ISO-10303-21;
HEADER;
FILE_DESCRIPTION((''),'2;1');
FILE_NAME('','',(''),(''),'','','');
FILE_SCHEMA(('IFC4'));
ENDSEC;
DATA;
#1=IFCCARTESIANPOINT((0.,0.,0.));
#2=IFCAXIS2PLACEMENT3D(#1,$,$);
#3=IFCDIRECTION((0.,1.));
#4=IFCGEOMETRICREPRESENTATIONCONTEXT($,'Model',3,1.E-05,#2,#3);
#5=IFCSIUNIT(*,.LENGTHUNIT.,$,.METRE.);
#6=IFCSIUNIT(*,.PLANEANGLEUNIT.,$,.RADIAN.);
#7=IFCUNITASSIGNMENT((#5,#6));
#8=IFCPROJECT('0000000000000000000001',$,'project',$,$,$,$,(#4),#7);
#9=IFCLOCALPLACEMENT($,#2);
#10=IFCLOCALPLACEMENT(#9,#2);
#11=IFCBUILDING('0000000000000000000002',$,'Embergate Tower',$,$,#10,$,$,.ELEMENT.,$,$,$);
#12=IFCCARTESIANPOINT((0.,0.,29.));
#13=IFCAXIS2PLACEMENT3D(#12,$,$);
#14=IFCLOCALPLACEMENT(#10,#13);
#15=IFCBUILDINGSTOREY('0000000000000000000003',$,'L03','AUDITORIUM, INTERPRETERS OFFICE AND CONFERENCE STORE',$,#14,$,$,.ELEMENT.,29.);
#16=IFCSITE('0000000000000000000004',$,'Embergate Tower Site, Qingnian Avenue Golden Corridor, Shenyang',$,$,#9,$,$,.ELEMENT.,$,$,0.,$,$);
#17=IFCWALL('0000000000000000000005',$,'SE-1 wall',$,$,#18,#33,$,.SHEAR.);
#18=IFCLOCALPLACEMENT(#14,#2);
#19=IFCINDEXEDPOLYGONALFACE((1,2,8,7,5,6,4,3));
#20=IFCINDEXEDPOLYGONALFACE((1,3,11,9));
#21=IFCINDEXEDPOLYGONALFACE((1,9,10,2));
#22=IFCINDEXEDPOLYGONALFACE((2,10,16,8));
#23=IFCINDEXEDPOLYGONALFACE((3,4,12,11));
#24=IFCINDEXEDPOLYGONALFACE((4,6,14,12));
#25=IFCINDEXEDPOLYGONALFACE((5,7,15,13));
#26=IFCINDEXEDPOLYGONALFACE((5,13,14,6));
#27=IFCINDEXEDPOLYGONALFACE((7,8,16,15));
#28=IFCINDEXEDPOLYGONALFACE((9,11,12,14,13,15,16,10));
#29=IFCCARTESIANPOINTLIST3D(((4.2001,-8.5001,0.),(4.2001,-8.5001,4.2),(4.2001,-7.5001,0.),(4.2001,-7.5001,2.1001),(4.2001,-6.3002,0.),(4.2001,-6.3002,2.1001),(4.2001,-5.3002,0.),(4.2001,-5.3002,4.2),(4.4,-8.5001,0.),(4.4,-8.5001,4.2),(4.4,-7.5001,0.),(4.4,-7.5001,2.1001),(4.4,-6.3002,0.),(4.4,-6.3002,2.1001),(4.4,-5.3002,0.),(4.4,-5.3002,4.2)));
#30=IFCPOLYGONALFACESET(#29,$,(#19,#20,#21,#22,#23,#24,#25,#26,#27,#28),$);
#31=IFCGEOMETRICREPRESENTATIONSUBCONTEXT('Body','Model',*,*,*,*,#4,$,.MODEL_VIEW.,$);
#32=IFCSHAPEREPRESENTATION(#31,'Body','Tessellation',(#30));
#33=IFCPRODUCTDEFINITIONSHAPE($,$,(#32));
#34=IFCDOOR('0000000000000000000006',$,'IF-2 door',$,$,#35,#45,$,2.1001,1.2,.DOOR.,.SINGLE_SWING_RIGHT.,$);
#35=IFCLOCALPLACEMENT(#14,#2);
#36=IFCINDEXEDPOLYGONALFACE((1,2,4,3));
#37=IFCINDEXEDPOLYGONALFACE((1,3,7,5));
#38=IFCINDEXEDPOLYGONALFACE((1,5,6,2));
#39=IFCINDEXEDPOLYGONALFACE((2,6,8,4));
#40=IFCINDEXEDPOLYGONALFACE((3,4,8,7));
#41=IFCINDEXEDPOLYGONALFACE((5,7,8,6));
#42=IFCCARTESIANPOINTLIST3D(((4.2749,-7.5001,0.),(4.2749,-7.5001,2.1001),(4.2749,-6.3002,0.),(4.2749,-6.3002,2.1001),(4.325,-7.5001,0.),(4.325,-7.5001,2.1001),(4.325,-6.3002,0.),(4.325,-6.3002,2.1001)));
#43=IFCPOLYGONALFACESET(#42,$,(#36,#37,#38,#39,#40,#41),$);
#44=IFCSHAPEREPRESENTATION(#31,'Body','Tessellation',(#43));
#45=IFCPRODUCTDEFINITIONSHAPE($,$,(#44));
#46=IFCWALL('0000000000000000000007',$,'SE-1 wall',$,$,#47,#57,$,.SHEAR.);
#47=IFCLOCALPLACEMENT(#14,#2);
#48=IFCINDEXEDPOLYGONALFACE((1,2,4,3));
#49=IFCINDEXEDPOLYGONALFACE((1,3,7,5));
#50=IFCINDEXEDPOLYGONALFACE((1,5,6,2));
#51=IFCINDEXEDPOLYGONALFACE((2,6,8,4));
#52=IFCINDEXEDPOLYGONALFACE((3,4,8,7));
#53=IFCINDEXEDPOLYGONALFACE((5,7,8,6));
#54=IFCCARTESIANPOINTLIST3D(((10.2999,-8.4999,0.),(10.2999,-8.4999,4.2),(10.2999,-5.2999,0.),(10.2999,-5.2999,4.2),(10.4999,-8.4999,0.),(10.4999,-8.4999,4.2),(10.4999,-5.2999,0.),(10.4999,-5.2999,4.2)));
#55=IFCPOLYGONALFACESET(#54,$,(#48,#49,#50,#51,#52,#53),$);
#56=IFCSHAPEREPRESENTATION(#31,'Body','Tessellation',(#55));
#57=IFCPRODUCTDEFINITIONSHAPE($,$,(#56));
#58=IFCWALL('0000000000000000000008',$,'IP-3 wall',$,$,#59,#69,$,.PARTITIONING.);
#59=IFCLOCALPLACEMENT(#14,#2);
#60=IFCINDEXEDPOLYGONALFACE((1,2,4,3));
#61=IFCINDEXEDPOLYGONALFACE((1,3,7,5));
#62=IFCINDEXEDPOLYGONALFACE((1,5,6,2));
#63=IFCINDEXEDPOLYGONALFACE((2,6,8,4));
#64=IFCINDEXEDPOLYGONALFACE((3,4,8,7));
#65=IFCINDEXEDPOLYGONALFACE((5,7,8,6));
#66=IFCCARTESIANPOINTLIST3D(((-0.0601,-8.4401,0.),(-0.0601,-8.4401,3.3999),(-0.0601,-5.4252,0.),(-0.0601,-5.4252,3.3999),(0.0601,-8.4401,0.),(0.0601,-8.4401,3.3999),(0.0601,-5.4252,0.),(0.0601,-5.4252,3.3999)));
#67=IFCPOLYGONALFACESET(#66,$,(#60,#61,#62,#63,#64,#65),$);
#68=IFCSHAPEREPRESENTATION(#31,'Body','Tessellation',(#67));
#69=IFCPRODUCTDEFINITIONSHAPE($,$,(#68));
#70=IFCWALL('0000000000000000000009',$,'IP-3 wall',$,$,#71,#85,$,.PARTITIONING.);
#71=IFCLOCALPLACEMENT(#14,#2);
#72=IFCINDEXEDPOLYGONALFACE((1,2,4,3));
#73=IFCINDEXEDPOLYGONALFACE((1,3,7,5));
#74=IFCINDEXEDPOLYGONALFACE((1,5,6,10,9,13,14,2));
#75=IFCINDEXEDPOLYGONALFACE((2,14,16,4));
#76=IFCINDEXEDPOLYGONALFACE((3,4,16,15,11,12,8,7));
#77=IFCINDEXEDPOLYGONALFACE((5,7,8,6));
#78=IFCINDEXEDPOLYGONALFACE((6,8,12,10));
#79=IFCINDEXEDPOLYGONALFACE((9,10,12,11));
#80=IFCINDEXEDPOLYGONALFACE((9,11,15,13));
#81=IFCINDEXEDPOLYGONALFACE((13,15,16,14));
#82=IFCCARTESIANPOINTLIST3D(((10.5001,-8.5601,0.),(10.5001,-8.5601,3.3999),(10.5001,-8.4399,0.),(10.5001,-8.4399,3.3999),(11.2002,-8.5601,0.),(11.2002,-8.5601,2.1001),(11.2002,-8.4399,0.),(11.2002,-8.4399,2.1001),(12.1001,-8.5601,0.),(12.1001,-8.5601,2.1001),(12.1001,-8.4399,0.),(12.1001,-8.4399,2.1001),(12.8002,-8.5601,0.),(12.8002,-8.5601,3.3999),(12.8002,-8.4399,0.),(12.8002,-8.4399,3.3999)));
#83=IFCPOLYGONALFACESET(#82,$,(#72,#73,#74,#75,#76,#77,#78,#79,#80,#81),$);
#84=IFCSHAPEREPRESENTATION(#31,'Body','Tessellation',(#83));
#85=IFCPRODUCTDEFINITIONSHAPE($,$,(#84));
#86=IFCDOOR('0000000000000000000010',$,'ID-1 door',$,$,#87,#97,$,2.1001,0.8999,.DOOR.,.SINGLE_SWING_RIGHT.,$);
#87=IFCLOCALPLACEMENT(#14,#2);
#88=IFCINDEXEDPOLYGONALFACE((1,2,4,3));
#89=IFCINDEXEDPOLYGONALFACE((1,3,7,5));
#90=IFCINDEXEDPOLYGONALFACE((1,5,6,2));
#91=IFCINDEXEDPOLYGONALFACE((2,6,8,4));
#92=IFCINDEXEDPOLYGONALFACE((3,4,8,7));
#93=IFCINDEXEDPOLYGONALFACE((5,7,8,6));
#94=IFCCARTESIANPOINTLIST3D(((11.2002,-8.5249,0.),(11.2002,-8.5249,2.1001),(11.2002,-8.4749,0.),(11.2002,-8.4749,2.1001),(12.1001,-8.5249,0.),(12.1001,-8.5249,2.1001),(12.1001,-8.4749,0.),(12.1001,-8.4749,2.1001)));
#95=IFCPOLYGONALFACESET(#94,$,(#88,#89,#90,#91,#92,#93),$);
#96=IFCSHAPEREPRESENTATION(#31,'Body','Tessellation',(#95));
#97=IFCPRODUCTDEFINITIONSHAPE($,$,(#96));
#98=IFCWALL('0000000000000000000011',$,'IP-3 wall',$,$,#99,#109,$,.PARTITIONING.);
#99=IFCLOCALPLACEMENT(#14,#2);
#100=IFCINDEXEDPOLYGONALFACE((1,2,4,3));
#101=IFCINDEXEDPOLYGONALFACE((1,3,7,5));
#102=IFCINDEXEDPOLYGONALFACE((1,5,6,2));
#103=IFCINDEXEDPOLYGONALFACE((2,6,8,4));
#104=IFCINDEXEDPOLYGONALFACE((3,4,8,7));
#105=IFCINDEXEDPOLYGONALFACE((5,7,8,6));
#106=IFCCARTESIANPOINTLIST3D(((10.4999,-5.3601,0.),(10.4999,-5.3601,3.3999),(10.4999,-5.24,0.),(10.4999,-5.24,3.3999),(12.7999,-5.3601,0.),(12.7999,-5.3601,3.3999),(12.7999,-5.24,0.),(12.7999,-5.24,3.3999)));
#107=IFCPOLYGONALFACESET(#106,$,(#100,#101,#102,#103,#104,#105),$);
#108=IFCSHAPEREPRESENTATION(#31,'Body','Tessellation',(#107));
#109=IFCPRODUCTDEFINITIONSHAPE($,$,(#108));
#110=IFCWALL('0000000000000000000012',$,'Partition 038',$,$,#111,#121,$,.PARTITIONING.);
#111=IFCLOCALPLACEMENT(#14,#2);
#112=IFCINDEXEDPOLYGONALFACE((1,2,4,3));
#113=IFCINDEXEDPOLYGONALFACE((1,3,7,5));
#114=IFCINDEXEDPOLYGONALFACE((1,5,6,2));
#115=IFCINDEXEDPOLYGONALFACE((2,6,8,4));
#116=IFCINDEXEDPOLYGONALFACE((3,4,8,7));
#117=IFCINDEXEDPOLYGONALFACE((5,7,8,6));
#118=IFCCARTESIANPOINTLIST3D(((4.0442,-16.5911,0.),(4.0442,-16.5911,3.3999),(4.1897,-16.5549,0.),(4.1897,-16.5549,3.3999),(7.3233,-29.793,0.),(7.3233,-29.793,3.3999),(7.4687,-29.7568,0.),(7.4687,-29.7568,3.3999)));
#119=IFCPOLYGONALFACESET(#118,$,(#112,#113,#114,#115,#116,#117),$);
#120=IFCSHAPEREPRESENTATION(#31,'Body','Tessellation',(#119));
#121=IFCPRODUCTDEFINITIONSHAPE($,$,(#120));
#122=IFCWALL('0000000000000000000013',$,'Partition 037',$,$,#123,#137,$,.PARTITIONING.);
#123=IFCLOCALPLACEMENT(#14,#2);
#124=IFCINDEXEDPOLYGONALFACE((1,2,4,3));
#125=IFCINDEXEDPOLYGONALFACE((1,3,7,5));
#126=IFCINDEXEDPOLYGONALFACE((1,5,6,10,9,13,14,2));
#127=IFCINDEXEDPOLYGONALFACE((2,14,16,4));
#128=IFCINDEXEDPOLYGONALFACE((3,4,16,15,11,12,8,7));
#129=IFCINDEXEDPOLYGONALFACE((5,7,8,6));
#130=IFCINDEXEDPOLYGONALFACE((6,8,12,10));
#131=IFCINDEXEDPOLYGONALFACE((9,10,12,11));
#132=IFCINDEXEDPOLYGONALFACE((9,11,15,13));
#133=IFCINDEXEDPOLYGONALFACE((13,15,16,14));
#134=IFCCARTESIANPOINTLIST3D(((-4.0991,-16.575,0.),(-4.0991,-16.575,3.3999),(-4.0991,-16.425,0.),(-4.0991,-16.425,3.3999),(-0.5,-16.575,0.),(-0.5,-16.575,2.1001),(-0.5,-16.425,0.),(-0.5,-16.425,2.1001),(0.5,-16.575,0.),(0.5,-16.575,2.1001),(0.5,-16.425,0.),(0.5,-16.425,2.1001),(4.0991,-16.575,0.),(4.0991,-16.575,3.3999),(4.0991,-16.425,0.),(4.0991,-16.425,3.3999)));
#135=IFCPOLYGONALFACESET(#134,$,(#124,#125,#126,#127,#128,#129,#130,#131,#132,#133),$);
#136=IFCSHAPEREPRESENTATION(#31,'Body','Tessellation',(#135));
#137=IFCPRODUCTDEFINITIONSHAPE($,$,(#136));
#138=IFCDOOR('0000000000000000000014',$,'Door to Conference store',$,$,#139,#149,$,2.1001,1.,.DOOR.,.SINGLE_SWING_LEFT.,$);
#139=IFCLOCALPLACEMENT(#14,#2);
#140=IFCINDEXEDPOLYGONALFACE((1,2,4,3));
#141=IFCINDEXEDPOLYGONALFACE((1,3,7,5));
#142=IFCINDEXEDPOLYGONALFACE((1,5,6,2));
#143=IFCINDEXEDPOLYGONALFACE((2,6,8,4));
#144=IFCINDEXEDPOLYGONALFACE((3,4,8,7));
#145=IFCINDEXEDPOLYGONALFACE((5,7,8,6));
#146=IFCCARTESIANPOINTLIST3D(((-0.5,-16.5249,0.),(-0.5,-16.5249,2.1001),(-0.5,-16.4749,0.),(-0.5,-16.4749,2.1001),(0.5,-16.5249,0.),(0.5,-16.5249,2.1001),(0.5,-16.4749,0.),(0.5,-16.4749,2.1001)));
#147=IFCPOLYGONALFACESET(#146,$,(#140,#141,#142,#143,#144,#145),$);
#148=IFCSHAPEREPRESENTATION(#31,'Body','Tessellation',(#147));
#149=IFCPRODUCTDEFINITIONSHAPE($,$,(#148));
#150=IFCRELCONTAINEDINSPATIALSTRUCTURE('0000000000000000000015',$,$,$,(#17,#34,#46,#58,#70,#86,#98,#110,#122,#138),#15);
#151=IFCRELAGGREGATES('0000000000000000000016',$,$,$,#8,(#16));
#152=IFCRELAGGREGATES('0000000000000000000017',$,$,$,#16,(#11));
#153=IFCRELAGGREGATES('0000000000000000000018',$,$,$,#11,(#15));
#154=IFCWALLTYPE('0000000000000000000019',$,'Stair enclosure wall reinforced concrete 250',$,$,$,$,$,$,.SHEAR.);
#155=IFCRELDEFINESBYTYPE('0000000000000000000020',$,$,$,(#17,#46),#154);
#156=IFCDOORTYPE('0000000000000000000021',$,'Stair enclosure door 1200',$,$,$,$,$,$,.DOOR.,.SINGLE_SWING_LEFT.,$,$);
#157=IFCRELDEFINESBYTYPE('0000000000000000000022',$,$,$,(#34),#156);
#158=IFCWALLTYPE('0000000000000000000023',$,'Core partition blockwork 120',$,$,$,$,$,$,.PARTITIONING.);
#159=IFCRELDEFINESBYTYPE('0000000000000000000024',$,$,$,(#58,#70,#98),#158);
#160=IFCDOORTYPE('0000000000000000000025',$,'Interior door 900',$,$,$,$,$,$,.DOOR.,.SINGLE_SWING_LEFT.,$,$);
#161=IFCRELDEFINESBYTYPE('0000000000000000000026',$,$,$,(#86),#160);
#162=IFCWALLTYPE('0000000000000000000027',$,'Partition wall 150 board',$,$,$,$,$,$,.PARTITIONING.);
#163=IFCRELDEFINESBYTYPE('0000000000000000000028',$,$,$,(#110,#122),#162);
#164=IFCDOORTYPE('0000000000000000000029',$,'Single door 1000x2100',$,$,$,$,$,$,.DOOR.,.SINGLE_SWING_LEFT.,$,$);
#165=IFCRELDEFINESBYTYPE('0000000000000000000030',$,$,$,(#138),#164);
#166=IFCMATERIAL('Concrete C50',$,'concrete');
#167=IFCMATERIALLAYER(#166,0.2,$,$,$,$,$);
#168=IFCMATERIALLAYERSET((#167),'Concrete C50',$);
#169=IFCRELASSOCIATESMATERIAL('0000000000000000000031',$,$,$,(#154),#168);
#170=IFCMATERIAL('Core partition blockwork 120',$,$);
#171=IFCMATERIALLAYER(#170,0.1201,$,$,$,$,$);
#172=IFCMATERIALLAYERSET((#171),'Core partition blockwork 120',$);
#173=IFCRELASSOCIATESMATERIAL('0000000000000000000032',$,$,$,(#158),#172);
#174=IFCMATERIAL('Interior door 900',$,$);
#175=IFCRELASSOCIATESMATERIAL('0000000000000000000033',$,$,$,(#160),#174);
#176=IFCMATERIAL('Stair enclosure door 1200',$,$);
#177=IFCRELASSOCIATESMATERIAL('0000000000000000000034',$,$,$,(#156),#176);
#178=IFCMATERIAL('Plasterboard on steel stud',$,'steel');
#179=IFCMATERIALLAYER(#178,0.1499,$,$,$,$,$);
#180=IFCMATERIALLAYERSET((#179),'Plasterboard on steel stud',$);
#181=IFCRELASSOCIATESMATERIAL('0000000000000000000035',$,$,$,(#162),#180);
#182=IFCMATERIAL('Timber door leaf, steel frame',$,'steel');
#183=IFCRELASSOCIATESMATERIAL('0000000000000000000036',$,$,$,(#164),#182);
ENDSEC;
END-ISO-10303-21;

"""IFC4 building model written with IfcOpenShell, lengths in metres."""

from ifc_helpers import new_model, si_unit, direction, frame, frame_2d, origin, place, context, subcontext, project, spatial, rectangle, extrude, source, transform, mapped, material, layer, layer_set, type_object, element, fill, save


model = new_model("IFC4")

# Units and contexts
model_context = context("Model", 3, precision=1e-05, world=origin(), true_north=direction((0.0, 1.0)))
body_context = subcontext(model_context, "Body", "Model", "MODEL_VIEW")
ifc_project = project(units=[si_unit("LENGTHUNIT", "METRE"), si_unit("PLANEANGLEUNIT", "RADIAN")], contexts=[model_context])

# Site, building, storey
site_placement = place(None, origin())
site = spatial("IfcSite", under=ifc_project, at=site_placement, Name="Embergate Tower Site, Qingnian Avenue Golden Corridor, Shenyang", CompositionType="ELEMENT", RefElevation=0.0)
building_placement = place(site_placement, origin())
building = spatial("IfcBuilding", under=site, at=building_placement, Name="Embergate Tower", CompositionType="ELEMENT")
storey_placement = place(building_placement, frame((0.0, 0.0, 29.0)))
storey = spatial("IfcBuildingStorey", under=building, at=storey_placement, Name="L03", Description="AUDITORIUM, INTERPRETERS OFFICE AND CONFERENCE STORE", CompositionType="ELEMENT", Elevation=29.0)

# Shared definitions
ifc_material_1 = material(Name="Concrete C50", Category="concrete")
ifc_layer_1 = layer(ifc_material_1, 0.2)
ifc_layer_set_1 = layer_set([ifc_layer_1], Name="Concrete C50")
wall_type_1 = type_object("IfcWallType", Name="Stair enclosure wall reinforced concrete 250", PredefinedType="SHEAR", material=ifc_layer_set_1)

# Shared definitions
ifc_material_2 = material(Name="Core partition blockwork 120")
ifc_layer_2 = layer(ifc_material_2, 0.1201)
ifc_layer_set_2 = layer_set([ifc_layer_2], Name="Core partition blockwork 120")
wall_type_2 = type_object("IfcWallType", Name="Core partition blockwork 120", PredefinedType="PARTITIONING", material=ifc_layer_set_2)
shared_shape_1 = source(origin(), body_context, "Body", "SweptSolid", [
    extrude(rectangle(XDim=0.8999, YDim=2.1001, at=frame_2d((0.45, 1.05))), frame((0.0, 0.0701, 0.0), z_axis=(0.0, -1.0, 0.0), x_axis=(1.0, 0.0, 0.0)), (0.0, 0.0, 1.0), 0.1401),
])
ifc_material_3 = material(Name="Interior door 900")
door_type_1 = type_object("IfcDoorType", Name="Interior door 900", OperationType="SINGLE_SWING_LEFT", PredefinedType="DOOR", material=ifc_material_3)
shared_shape_2 = source(origin(), body_context, "Body", "SweptSolid", [
    extrude(rectangle(XDim=0.8999, YDim=2.1001, at=frame_2d((0.45, 1.05))), frame((0.0, 0.0249, 0.0), z_axis=(0.0, -1.0, 0.0), x_axis=(1.0, 0.0, 0.0)), (0.0, 0.0, 1.0), 0.05),
])

# Wall, opening, door
shared_shape_3 = source(origin(), body_context, "Body", "SweptSolid", [
    extrude(rectangle(XDim=3.2, YDim=0.2, at=frame_2d((1.6001, 0.0))), origin(), (0.0, 0.0, 1.0), 4.2),
])
wall_1_placement = place(storey_placement, frame((4.3, -5.3, 0.0), z_axis=(0.0, 0.0, 1.0), x_axis=(0.0, -1.0, 0.0)))
wall_1 = element("IfcWall", 1, at=wall_1_placement, inside=storey, type_object=wall_type_1, Name="SE-1 wall", PredefinedType="SHEAR", context=body_context, shape_type="MappedRepresentation", body=[
    mapped(shared_shape_3, transform((0.0, 0.0, 0.0))),
])
shared_shape_4 = source(origin(), body_context, "Body", "SweptSolid", [
    extrude(rectangle(XDim=1.2, YDim=2.1001, at=frame_2d((0.6001, 1.05))), frame((0.0, 0.1099, 0.0), z_axis=(0.0, -1.0, 0.0), x_axis=(1.0, 0.0, 0.0)), (0.0, 0.0, 1.0), 0.22),
])
opening_1_placement = place(wall_1_placement, frame((1.0, 0.0, 0.0)))
opening_1 = element("IfcOpeningElement", 2, at=opening_1_placement, cuts=wall_1, PredefinedType="OPENING", context=body_context, shape_type="MappedRepresentation", body=[
    mapped(shared_shape_4, transform((0.0, 0.0, 0.0))),
])
ifc_material_4 = material(Name="Stair enclosure door 1200")
door_type_2 = type_object("IfcDoorType", Name="Stair enclosure door 1200", OperationType="SINGLE_SWING_LEFT", PredefinedType="DOOR", material=ifc_material_4)
shared_shape_5 = source(origin(), body_context, "Body", "SweptSolid", [
    extrude(rectangle(XDim=1.2, YDim=2.1001, at=frame_2d((0.6001, 1.05))), frame((0.0, 0.0249, 0.0), z_axis=(0.0, -1.0, 0.0), x_axis=(1.0, 0.0, 0.0)), (0.0, 0.0, 1.0), 0.05),
])
door_1_placement = place(opening_1_placement, origin())
door_1 = element("IfcDoor", 3, at=door_1_placement, inside=storey, type_object=door_type_2, Name="IF-2 door", OperationType="SINGLE_SWING_RIGHT", OverallHeight=2.1001, OverallWidth=1.2, PredefinedType="DOOR", context=body_context, shape_type="MappedRepresentation", body=[
    mapped(shared_shape_5, transform((0.0, 0.0, 0.0))),
])
fill(opening_1, door_1)

# Walls
wall_2_placement = place(storey_placement, frame((10.3999, -8.5, 0.0), z_axis=(0.0, 0.0, 1.0), x_axis=(0.0, 1.0, 0.0)))
element("IfcWall", 4, at=wall_2_placement, inside=storey, type_object=wall_type_1, Name="SE-1 wall", PredefinedType="SHEAR", context=body_context, shape_type="MappedRepresentation", body=[
    mapped(shared_shape_3, transform((0.0, 0.0, 0.0))),
])
shared_shape_6 = source(origin(), body_context, "Body", "SweptSolid", [
    extrude(rectangle(XDim=3.0149, YDim=0.1201, at=frame_2d((1.5073, 0.0))), origin(), (0.0, 0.0, 1.0), 3.3999),
])
wall_3_placement = place(storey_placement, frame((0.0, -8.4399, 0.0), z_axis=(0.0, 0.0, 1.0), x_axis=(0.0, 1.0, 0.0)))
element("IfcWall", 5, at=wall_3_placement, inside=storey, type_object=wall_type_2, Name="IP-3 wall", PredefinedType="PARTITIONING", context=body_context, shape_type="MappedRepresentation", body=[
    mapped(shared_shape_6, transform((0.0, 0.0, 0.0))),
])

# Wall, opening, door
shared_shape_7 = source(origin(), body_context, "Body", "SweptSolid", [
    extrude(rectangle(XDim=2.3, YDim=0.1201, at=frame_2d((1.1499, 0.0))), origin(), (0.0, 0.0, 1.0), 3.3999),
])
wall_4_placement = place(storey_placement, frame((12.8, -8.5, 0.0), z_axis=(0.0, 0.0, 1.0), x_axis=(-1.0, 0.0, 0.0)))
wall_4 = element("IfcWall", 6, at=wall_4_placement, inside=storey, type_object=wall_type_2, Name="IP-3 wall", PredefinedType="PARTITIONING", context=body_context, shape_type="MappedRepresentation", body=[
    mapped(shared_shape_7, transform((0.0, 0.0, 0.0))),
])
opening_2_placement = place(wall_4_placement, frame((0.7, 0.0, 0.0)))
opening_2 = element("IfcOpeningElement", 7, at=opening_2_placement, cuts=wall_4, PredefinedType="OPENING", context=body_context, shape_type="MappedRepresentation", body=[
    mapped(shared_shape_1, transform((0.0, 0.0, 0.0))),
])
door_2_placement = place(opening_2_placement, origin())
door_2 = element("IfcDoor", 8, at=door_2_placement, inside=storey, type_object=door_type_1, Name="ID-1 door", OperationType="SINGLE_SWING_RIGHT", OverallHeight=2.1001, OverallWidth=0.8999, PredefinedType="DOOR", context=body_context, shape_type="MappedRepresentation", body=[
    mapped(shared_shape_2, transform((0.0, 0.0, 0.0))),
])
fill(opening_2, door_2)

# Walls
wall_5_placement = place(storey_placement, frame((10.5, -5.3, 0.0), z_axis=(0.0, 0.0, 1.0), x_axis=(1.0, 0.0, 0.0)))
element("IfcWall", 9, at=wall_5_placement, inside=storey, type_object=wall_type_2, Name="IP-3 wall", PredefinedType="PARTITIONING", context=body_context, shape_type="MappedRepresentation", body=[
    mapped(shared_shape_7, transform((0.0, 0.0, 0.0))),
])
ifc_material_5 = material(Name="Plasterboard on steel stud", Category="steel")
ifc_layer_3 = layer(ifc_material_5, 0.1499)
ifc_layer_set_3 = layer_set([ifc_layer_3], Name="Plasterboard on steel stud")
wall_type_3 = type_object("IfcWallType", Name="Partition wall 150 board", PredefinedType="PARTITIONING", material=ifc_layer_set_3)
shared_shape_8 = source(origin(), body_context, "Body", "SweptSolid", [
    extrude(rectangle(XDim=13.603, YDim=0.1499, at=frame_2d((6.8015, 0.0))), origin(), (0.0, 0.0, 1.0), 3.3999),
])
wall_6_placement = place(storey_placement, frame((4.1169, -16.573, 0.0), z_axis=(0.0, 0.0, 1.0), x_axis=(0.241053, -0.970512, 0.0)))
element("IfcWall", 10, at=wall_6_placement, inside=storey, type_object=wall_type_3, Name="Partition 038", PredefinedType="PARTITIONING", context=body_context, shape_type="MappedRepresentation", body=[
    mapped(shared_shape_8, transform((0.0, 0.0, 0.0))),
])

# Wall, opening, door
shared_shape_9 = source(origin(), body_context, "Body", "SweptSolid", [
    extrude(rectangle(XDim=8.1982, YDim=0.1499, at=frame_2d((4.0991, 0.0))), origin(), (0.0, 0.0, 1.0), 3.3999),
])
wall_7_placement = place(storey_placement, frame((4.0991, -16.5, 0.0), z_axis=(0.0, 0.0, 1.0), x_axis=(-1.0, 0.0, 0.0)))
wall_7 = element("IfcWall", 11, at=wall_7_placement, inside=storey, type_object=wall_type_3, Name="Partition 037", PredefinedType="PARTITIONING", context=body_context, shape_type="MappedRepresentation", body=[
    mapped(shared_shape_9, transform((0.0, 0.0, 0.0))),
])
shared_shape_10 = source(origin(), body_context, "Body", "SweptSolid", [
    extrude(rectangle(XDim=1.0, YDim=2.1001, at=frame_2d((0.5, 1.05))), frame((0.0, 0.085, 0.0), z_axis=(0.0, -1.0, 0.0), x_axis=(1.0, 0.0, 0.0)), (0.0, 0.0, 1.0), 0.1699),
])
opening_3_placement = place(wall_7_placement, frame((3.5991, 0.0, 0.0)))
opening_3 = element("IfcOpeningElement", 12, at=opening_3_placement, cuts=wall_7, PredefinedType="OPENING", context=body_context, shape_type="MappedRepresentation", body=[
    mapped(shared_shape_10, transform((0.0, 0.0, 0.0))),
])
ifc_material_6 = material(Name="Timber door leaf, steel frame", Category="steel")
door_type_3 = type_object("IfcDoorType", Name="Single door 1000x2100", OperationType="SINGLE_SWING_LEFT", PredefinedType="DOOR", material=ifc_material_6)
shared_shape_11 = source(origin(), body_context, "Body", "SweptSolid", [
    extrude(rectangle(XDim=1.0, YDim=2.1001, at=frame_2d((0.5, 1.05))), frame((0.0, 0.0249, 0.0), z_axis=(0.0, -1.0, 0.0), x_axis=(1.0, 0.0, 0.0)), (0.0, 0.0, 1.0), 0.05),
])
door_3_placement = place(opening_3_placement, origin())
door_3 = element("IfcDoor", 13, at=door_3_placement, inside=storey, type_object=door_type_3, Name="Door to Conference store", OperationType="SINGLE_SWING_LEFT", OverallHeight=2.1001, OverallWidth=1.0, PredefinedType="DOOR", context=body_context, shape_type="MappedRepresentation", body=[
    mapped(shared_shape_11, transform((0.0, 0.0, 0.0))),
])
fill(opening_3, door_3)

save(model, "model.ifc")
